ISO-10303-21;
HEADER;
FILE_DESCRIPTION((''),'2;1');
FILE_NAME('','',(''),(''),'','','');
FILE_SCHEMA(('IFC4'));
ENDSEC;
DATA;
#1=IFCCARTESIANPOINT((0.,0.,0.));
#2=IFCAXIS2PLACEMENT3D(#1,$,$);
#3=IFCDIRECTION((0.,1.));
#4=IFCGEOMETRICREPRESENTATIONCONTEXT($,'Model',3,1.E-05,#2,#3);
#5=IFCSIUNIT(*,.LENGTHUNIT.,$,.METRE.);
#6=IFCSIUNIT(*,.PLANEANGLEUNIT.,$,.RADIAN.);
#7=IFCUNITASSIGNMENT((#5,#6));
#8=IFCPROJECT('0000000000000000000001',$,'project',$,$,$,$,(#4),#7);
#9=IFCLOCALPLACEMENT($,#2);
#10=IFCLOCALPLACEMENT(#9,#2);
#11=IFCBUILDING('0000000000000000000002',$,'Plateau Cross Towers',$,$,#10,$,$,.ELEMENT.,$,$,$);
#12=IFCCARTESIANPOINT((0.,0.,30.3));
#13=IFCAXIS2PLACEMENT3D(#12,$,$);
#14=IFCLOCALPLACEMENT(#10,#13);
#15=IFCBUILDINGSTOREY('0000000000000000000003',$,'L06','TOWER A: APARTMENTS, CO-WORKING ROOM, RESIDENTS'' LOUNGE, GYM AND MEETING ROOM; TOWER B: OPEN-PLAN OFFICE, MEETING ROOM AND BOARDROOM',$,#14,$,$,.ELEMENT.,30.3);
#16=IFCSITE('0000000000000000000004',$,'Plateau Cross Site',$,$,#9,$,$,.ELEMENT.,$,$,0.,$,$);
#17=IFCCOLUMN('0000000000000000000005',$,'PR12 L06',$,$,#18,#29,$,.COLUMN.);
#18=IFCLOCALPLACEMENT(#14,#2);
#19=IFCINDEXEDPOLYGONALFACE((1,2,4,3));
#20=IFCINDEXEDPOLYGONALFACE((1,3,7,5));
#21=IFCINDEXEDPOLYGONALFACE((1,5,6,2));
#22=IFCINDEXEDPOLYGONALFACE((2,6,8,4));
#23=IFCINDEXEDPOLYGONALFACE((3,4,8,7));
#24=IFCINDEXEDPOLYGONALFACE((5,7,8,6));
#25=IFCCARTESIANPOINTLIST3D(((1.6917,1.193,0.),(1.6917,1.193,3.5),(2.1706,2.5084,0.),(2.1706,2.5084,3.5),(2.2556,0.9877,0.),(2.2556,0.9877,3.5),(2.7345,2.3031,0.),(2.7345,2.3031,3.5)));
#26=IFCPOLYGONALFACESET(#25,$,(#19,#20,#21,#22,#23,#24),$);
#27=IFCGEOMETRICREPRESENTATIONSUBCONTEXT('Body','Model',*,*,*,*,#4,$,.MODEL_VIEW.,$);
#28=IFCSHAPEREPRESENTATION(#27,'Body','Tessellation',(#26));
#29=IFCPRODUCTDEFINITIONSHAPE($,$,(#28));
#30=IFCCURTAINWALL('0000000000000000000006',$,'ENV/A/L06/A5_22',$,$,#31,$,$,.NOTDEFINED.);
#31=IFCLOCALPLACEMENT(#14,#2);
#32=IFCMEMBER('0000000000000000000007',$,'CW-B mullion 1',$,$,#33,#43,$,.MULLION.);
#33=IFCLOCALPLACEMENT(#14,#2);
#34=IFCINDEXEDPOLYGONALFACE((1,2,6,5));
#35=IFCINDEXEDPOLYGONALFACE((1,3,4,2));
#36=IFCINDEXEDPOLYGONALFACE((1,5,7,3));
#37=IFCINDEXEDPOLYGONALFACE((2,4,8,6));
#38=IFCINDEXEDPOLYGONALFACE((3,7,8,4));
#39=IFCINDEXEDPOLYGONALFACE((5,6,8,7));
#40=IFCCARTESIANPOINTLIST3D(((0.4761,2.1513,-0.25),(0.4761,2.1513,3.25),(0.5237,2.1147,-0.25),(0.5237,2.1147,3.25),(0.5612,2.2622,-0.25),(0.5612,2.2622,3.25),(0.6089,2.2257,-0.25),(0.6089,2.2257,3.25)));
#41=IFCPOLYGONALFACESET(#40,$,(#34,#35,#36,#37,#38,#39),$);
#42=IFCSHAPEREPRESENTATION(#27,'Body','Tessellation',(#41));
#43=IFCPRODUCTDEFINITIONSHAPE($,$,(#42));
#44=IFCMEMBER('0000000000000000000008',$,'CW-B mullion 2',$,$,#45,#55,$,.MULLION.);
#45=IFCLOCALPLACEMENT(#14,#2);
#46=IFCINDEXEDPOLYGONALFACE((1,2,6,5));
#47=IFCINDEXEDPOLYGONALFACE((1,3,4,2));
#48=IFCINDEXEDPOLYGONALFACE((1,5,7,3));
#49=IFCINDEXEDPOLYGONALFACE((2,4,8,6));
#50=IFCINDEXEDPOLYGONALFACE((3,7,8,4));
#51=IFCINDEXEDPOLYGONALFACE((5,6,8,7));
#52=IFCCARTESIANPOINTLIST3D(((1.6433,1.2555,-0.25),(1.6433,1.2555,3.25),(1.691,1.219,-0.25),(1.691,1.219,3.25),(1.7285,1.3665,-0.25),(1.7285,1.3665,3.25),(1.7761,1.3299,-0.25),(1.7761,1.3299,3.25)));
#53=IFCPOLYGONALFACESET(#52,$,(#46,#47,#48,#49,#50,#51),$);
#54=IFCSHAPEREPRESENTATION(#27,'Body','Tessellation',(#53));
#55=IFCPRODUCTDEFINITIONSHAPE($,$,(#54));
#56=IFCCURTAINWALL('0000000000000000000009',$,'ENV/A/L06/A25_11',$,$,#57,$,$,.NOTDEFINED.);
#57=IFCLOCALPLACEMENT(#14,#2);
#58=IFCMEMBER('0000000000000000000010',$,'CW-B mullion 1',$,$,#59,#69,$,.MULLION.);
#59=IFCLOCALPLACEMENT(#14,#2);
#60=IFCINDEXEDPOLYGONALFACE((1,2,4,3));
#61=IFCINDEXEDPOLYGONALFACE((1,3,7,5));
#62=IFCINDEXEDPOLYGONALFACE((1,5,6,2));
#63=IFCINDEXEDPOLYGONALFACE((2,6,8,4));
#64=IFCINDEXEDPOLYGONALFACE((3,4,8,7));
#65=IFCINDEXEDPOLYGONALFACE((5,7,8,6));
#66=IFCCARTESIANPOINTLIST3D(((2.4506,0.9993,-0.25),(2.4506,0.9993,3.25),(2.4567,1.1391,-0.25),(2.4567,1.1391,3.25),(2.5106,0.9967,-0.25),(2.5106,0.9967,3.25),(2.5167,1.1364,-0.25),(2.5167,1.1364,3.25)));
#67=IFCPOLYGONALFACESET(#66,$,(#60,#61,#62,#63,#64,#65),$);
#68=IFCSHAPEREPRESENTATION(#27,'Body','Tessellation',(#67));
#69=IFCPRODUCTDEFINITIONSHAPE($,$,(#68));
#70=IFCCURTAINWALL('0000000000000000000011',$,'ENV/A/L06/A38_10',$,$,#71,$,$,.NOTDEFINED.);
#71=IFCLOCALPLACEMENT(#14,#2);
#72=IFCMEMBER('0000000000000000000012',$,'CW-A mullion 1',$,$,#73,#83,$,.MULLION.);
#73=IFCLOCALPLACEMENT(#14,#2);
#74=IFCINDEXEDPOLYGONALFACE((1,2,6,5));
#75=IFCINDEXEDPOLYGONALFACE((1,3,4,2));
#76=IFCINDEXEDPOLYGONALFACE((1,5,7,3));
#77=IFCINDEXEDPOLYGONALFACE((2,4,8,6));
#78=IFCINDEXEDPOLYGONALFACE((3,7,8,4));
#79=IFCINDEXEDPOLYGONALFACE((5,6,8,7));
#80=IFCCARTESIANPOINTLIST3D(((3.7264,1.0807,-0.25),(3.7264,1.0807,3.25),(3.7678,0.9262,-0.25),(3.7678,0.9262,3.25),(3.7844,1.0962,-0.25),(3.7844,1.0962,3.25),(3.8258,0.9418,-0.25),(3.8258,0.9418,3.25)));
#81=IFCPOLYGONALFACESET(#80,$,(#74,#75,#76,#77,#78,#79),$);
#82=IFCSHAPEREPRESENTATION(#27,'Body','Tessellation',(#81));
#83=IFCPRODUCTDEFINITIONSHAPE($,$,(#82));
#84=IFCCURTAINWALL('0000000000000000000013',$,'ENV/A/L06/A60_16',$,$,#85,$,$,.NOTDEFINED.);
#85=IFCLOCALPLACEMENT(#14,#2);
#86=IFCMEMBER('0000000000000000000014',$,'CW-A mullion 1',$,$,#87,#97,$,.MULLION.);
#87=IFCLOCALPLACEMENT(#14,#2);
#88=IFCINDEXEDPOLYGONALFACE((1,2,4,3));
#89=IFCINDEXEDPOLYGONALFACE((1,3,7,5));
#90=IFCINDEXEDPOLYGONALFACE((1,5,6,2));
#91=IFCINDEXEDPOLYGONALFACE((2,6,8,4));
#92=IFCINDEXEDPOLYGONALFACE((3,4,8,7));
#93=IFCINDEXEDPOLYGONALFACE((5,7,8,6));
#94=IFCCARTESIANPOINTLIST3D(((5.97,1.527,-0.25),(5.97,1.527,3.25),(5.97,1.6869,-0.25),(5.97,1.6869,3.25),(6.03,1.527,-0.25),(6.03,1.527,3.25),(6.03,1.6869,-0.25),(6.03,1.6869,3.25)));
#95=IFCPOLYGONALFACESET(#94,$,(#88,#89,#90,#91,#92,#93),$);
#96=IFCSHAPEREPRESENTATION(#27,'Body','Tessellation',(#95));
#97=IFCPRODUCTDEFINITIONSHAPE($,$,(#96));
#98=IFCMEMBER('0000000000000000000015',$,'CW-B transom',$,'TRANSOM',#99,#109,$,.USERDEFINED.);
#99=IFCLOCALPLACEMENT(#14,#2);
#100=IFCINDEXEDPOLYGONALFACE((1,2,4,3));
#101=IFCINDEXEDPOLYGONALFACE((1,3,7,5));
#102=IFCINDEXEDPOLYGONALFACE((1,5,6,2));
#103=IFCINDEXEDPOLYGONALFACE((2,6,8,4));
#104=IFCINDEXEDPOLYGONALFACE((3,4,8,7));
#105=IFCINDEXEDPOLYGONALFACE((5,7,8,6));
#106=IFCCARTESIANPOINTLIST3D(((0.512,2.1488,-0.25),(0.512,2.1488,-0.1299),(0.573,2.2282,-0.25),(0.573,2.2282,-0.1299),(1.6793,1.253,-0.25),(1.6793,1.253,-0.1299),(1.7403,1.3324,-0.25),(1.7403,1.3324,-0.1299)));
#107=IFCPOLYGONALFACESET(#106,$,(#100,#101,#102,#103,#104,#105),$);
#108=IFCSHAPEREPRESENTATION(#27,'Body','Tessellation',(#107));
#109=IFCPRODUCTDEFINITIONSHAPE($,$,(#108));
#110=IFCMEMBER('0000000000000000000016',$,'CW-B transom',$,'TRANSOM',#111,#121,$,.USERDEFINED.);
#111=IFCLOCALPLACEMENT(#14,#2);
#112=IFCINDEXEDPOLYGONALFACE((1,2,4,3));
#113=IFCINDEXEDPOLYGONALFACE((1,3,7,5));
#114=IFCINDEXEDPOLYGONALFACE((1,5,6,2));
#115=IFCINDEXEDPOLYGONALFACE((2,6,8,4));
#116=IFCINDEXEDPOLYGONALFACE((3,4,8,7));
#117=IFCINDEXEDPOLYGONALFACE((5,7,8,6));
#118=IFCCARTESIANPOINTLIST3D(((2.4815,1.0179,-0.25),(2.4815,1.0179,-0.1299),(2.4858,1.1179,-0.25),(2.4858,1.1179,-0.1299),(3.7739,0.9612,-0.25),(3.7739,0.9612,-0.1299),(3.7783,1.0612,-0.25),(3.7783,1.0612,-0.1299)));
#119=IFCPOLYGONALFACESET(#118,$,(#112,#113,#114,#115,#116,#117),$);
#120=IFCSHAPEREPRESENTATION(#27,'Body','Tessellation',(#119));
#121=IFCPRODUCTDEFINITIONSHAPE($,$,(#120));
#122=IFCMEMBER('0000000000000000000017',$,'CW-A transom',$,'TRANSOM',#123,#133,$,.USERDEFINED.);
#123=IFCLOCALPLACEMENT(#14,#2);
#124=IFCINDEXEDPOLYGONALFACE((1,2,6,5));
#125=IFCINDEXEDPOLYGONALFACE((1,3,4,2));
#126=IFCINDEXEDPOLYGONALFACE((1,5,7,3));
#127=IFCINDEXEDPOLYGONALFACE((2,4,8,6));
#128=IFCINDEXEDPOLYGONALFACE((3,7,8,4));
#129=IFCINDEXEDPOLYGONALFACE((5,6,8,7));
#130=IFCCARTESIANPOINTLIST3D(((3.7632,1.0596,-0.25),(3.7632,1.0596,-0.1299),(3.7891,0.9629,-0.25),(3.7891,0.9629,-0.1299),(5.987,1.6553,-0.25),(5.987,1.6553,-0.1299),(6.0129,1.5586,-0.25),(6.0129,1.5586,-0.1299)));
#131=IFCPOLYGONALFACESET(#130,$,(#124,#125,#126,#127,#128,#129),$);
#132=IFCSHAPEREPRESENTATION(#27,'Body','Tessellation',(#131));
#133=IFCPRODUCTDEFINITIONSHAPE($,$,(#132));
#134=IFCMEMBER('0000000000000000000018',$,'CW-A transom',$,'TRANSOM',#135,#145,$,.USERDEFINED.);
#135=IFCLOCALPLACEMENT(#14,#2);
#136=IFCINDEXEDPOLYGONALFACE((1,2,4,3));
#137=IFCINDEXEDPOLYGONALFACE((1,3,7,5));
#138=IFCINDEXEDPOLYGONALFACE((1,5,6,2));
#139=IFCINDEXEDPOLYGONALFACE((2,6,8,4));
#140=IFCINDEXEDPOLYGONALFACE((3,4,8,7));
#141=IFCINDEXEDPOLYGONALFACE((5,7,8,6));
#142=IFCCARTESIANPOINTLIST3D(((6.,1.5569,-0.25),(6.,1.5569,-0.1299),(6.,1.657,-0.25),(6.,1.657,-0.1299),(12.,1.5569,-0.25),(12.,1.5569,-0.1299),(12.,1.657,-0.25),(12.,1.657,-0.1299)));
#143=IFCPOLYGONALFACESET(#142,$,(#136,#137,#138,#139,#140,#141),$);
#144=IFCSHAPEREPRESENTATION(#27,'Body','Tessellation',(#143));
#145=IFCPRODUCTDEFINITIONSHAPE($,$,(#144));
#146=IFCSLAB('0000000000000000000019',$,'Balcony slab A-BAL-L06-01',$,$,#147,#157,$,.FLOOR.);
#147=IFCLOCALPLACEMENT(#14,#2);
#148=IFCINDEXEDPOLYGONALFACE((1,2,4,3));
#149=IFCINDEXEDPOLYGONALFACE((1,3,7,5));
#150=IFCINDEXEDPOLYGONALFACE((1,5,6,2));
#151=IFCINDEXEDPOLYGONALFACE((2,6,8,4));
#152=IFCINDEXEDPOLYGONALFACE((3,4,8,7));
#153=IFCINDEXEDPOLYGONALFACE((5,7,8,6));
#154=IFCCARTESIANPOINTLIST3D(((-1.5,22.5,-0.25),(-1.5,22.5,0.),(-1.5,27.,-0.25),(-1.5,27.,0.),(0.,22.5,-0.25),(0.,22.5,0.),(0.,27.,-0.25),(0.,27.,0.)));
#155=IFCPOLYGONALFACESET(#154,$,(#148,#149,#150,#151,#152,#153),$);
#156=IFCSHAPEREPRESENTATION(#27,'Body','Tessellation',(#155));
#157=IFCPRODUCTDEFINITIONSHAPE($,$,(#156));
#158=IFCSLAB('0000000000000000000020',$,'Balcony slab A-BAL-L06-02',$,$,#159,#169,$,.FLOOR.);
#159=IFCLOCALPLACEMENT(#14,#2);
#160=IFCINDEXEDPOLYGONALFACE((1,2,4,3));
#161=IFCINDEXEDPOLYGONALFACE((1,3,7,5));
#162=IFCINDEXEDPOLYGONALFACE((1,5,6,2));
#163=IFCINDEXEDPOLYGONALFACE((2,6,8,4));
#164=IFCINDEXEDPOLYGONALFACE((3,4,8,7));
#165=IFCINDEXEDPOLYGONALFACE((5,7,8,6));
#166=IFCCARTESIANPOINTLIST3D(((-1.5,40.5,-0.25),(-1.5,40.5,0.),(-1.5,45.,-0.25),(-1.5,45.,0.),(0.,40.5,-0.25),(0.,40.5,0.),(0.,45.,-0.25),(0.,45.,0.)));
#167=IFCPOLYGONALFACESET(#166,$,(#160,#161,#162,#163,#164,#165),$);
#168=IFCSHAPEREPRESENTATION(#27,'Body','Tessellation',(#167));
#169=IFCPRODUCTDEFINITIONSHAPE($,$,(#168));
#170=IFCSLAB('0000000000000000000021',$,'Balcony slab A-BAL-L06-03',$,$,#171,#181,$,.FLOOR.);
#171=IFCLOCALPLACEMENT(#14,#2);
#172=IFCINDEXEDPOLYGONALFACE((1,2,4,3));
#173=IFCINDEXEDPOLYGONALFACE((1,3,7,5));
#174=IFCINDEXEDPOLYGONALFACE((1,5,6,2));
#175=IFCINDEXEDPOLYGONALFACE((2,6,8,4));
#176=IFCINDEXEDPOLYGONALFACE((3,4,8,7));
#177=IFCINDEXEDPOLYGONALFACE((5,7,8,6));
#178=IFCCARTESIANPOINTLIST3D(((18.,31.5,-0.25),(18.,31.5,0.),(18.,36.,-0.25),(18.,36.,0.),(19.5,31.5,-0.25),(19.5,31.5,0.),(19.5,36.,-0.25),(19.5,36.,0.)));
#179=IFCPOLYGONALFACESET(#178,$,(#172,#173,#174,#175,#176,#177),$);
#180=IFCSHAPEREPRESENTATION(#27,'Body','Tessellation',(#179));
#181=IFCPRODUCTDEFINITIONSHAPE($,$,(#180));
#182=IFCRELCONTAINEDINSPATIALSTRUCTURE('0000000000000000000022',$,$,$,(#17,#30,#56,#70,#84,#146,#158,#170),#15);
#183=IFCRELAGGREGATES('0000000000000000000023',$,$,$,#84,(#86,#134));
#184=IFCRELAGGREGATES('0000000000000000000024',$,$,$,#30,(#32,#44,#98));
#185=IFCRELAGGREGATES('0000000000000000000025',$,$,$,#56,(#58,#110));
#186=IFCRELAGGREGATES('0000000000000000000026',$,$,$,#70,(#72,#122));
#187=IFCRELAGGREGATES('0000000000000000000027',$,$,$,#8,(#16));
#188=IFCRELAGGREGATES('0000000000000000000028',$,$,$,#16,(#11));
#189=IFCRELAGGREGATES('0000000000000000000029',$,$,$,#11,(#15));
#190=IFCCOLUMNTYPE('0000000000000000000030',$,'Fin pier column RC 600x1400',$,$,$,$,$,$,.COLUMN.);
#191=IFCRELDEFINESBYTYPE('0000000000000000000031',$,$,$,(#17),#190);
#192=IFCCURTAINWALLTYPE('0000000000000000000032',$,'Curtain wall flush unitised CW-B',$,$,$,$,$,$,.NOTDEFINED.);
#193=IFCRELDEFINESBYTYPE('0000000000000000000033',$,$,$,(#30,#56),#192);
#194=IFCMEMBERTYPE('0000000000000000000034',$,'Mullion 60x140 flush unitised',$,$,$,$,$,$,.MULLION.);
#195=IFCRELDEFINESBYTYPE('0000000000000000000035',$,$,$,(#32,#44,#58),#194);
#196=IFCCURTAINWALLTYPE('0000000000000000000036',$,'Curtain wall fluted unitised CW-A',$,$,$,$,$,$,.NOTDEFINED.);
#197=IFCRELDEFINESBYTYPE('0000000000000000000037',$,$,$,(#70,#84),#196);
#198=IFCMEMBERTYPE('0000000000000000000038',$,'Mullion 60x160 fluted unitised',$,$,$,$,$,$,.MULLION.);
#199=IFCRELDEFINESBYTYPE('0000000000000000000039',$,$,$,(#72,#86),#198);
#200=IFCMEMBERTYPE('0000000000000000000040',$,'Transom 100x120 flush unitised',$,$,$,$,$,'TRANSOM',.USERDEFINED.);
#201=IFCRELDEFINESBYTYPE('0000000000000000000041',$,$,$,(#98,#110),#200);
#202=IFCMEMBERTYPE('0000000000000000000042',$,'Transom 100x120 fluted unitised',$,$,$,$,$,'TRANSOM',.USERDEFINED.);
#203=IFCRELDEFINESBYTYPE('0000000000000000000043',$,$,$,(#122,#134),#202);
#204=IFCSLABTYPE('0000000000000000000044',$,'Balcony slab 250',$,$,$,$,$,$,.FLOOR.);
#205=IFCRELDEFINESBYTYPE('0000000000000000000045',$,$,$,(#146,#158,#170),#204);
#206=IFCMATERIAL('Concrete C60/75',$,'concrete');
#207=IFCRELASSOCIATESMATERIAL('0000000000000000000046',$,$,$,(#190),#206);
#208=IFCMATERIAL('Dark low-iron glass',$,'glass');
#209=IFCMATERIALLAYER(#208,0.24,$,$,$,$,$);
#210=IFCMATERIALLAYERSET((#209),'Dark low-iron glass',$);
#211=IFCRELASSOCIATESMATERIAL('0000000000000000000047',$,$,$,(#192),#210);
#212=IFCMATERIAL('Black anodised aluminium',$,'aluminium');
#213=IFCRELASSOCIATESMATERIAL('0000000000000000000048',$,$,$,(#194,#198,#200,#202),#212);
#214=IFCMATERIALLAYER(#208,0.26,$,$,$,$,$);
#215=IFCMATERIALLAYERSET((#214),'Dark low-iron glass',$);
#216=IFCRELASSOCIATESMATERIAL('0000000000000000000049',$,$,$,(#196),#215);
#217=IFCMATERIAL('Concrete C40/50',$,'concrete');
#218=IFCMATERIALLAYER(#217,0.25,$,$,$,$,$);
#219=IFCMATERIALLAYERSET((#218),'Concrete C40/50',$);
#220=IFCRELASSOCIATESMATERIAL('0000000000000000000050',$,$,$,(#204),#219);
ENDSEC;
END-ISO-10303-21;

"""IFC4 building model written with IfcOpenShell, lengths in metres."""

from ifc_helpers import new_model, si_unit, direction, frame, origin, origin_2d, place, context, subcontext, project, spatial, polyline, rectangle, outline, extrude, material, layer, layer_set, material_profile, profile_set, type_object, element, aggregate, save


model = new_model("IFC4")

# Units and contexts
model_context = context("Model", 3, precision=1e-05, world=origin(), true_north=direction((0.0, 1.0)))
body_context = subcontext(model_context, "Body", "Model", "MODEL_VIEW")
ifc_project = project(units=[si_unit("LENGTHUNIT", "METRE"), si_unit("PLANEANGLEUNIT", "RADIAN")], contexts=[model_context])

# Site, building, storey
site_placement = place(None, origin())
site = spatial("IfcSite", under=ifc_project, at=site_placement, Name="Plateau Cross Site", CompositionType="ELEMENT", RefElevation=0.0)
building_placement = place(site_placement, origin())
building = spatial("IfcBuilding", under=site, at=building_placement, Name="Plateau Cross Towers", CompositionType="ELEMENT")
storey_placement = place(building_placement, frame((0.0, 0.0, 30.3)))
storey = spatial("IfcBuildingStorey", under=building, at=storey_placement, Name="L06", Description="TOWER A: APARTMENTS, CO-WORKING ROOM, RESIDENTS' LOUNGE, GYM AND MEETING ROOM; TOWER B: OPEN-PLAN OFFICE, MEETING ROOM AND BOARDROOM", CompositionType="ELEMENT", Elevation=30.3)

# Column
ifc_material_1 = material(Name="Concrete C60/75", Category="concrete")
ifc_material_profile_1 = material_profile(ifc_material_1, rectangle(XDim=0.6001, YDim=1.3999, at=origin_2d()), Name="RC 600x1400")
ifc_profile_set_1 = profile_set([ifc_material_profile_1], Name="Concrete C60/75")
column_type = type_object("IfcColumnType", Name="Fin pier column RC 600x1400", PredefinedType="COLUMN", material=ifc_profile_set_1)
column_placement = place(storey_placement, frame((2.2131, 1.748, 0.0), z_axis=(0.0, 0.0, 1.0), x_axis=(-0.939664, 0.342098, 0.0)))
element("IfcColumn", 1, at=column_placement, inside=storey, type_object=column_type, Name="PR12 L06", PredefinedType="COLUMN", context=body_context, shape_type="SweptSolid", body=[
    extrude(rectangle(XDim=0.6001, YDim=1.3999, at=origin_2d()), origin(), (0.0, 0.0, 1.0), 3.5),
])

# Curtain wall, members
ifc_material_2 = material(Name="Dark low-iron glass", Category="glass")
ifc_layer_1 = layer(ifc_material_2, 0.24)
ifc_layer_set_1 = layer_set([ifc_layer_1], Name="Dark low-iron glass")
curtain_wall_type_1 = type_object("IfcCurtainWallType", Name="Curtain wall flush unitised CW-B", PredefinedType="NOTDEFINED", material=ifc_layer_set_1)
curtain_wall_1_placement = place(storey_placement, origin())
curtain_wall_1 = element("IfcCurtainWall", 2, at=curtain_wall_1_placement, inside=storey, type_object=curtain_wall_type_1, Name="ENV/A/L06/A5_22", PredefinedType="NOTDEFINED")
ifc_material_3 = material(Name="Black anodised aluminium", Category="aluminium")
ifc_material_profile_2 = material_profile(ifc_material_3, rectangle(XDim=0.0601, YDim=0.1399, at=origin_2d()), Name="MULLION 60x140")
ifc_profile_set_2 = profile_set([ifc_material_profile_2], Name="Black anodised aluminium")
member_type_1 = type_object("IfcMemberType", Name="Mullion 60x140 flush unitised", PredefinedType="MULLION", material=ifc_profile_set_2)
member_1_placement = place(storey_placement, frame((0.5425, 2.1885, -0.25), z_axis=(0.0, 0.0, 1.0), x_axis=(0.793316, -0.608811, 0.0)))
member_1 = element("IfcMember", 3, at=member_1_placement, type_object=member_type_1, Name="CW-B mullion 1", PredefinedType="MULLION", context=body_context, shape_type="SweptSolid", body=[
    extrude(rectangle(XDim=0.0601, YDim=0.1399, at=origin_2d()), origin(), (0.0, 0.0, 1.0), 3.5),
])
member_2_placement = place(storey_placement, frame((1.7097, 1.2927, -0.25), z_axis=(0.0, 0.0, 1.0), x_axis=(0.793316, -0.608811, 0.0)))
member_2 = element("IfcMember", 4, at=member_2_placement, type_object=member_type_1, Name="CW-B mullion 2", PredefinedType="MULLION", context=body_context, shape_type="SweptSolid", body=[
    extrude(rectangle(XDim=0.0601, YDim=0.1399, at=origin_2d()), origin(), (0.0, 0.0, 1.0), 3.5),
])

# Curtain walls, members
curtain_wall_2_placement = place(storey_placement, origin())
curtain_wall_2 = element("IfcCurtainWall", 5, at=curtain_wall_2_placement, inside=storey, type_object=curtain_wall_type_1, Name="ENV/A/L06/A25_11", PredefinedType="NOTDEFINED")
member_3_placement = place(storey_placement, frame((2.4836, 1.0679, -0.25), z_axis=(0.0, 0.0, 1.0), x_axis=(0.999044, -0.043723, 0.0)))
member_3 = element("IfcMember", 6, at=member_3_placement, type_object=member_type_1, Name="CW-B mullion 1", PredefinedType="MULLION", context=body_context, shape_type="SweptSolid", body=[
    extrude(rectangle(XDim=0.0601, YDim=0.1399, at=origin_2d()), origin(), (0.0, 0.0, 1.0), 3.5),
])
ifc_layer_2 = layer(ifc_material_2, 0.26)
ifc_layer_set_2 = layer_set([ifc_layer_2], Name="Dark low-iron glass")
curtain_wall_type_2 = type_object("IfcCurtainWallType", Name="Curtain wall fluted unitised CW-A", PredefinedType="NOTDEFINED", material=ifc_layer_set_2)
curtain_wall_3_placement = place(storey_placement, origin())
curtain_wall_3 = element("IfcCurtainWall", 7, at=curtain_wall_3_placement, inside=storey, type_object=curtain_wall_type_2, Name="ENV/A/L06/A38_10", PredefinedType="NOTDEFINED")
ifc_material_profile_3 = material_profile(ifc_material_3, rectangle(XDim=0.0601, YDim=0.1599, at=origin_2d()), Name="MULLION 60x160")
ifc_profile_set_3 = profile_set([ifc_material_profile_3], Name="Black anodised aluminium")
member_type_2 = type_object("IfcMemberType", Name="Mullion 60x160 fluted unitised", PredefinedType="MULLION", material=ifc_profile_set_3)
member_4_placement = place(storey_placement, frame((3.7761, 1.0112, -0.25), z_axis=(0.0, 0.0, 1.0), x_axis=(0.965958, 0.258699, 0.0)))
member_4 = element("IfcMember", 8, at=member_4_placement, type_object=member_type_2, Name="CW-A mullion 1", PredefinedType="MULLION", context=body_context, shape_type="SweptSolid", body=[
    extrude(rectangle(XDim=0.0601, YDim=0.1599, at=origin_2d()), origin(), (0.0, 0.0, 1.0), 3.5),
])
curtain_wall_4_placement = place(storey_placement, origin())
curtain_wall_4 = element("IfcCurtainWall", 9, at=curtain_wall_4_placement, inside=storey, type_object=curtain_wall_type_2, Name="ENV/A/L06/A60_16", PredefinedType="NOTDEFINED")
member_5_placement = place(storey_placement, frame((6.0, 1.6069, -0.25), z_axis=(0.0, 0.0, 1.0), x_axis=(1.0, 0.0, 0.0)))
member_5 = element("IfcMember", 10, at=member_5_placement, type_object=member_type_2, Name="CW-A mullion 1", PredefinedType="MULLION", context=body_context, shape_type="SweptSolid", body=[
    extrude(rectangle(XDim=0.0601, YDim=0.1599, at=origin_2d()), origin(), (0.0, 0.0, 1.0), 3.5),
])

# Members
ifc_material_profile_4 = material_profile(ifc_material_3, rectangle(XDim=0.1001, YDim=0.1201, at=origin_2d()), Name="TRANSOM 100x120")
ifc_profile_set_4 = profile_set([ifc_material_profile_4], Name="Black anodised aluminium")
member_type_3 = type_object("IfcMemberType", Name="Transom 100x120 flush unitised", ElementType="TRANSOM", PredefinedType="USERDEFINED", material=ifc_profile_set_4)
member_6_placement = place(storey_placement, frame((0.5425, 2.1885, -0.1899), z_axis=(0.793321, -0.608804, 0.0), x_axis=(0.608804, 0.793321, 0.0)))
member_6 = element("IfcMember", 11, at=member_6_placement, type_object=member_type_3, Name="CW-B transom", ObjectType="TRANSOM", PredefinedType="USERDEFINED", context=body_context, shape_type="SweptSolid", body=[
    extrude(rectangle(XDim=0.1001, YDim=0.1201, at=origin_2d()), origin(), (0.0, 0.0, 1.0), 1.4714),
])
member_7_placement = place(storey_placement, frame((2.4836, 1.0679, -0.1899), z_axis=(0.999041, -0.043781, 0.0), x_axis=(0.043781, 0.999041, 0.0)))
member_7 = element("IfcMember", 12, at=member_7_placement, type_object=member_type_3, Name="CW-B transom", ObjectType="TRANSOM", PredefinedType="USERDEFINED", context=body_context, shape_type="SweptSolid", body=[
    extrude(rectangle(XDim=0.1001, YDim=0.1201, at=origin_2d()), origin(), (0.0, 0.0, 1.0), 1.2937),
])
ifc_material_profile_5 = material_profile(ifc_material_3, rectangle(XDim=0.1001, YDim=0.1201, at=origin_2d()), Name="TRANSOM 100x120")
ifc_profile_set_5 = profile_set([ifc_material_profile_5], Name="Black anodised aluminium")
member_type_4 = type_object("IfcMemberType", Name="Transom 100x120 fluted unitised", ElementType="TRANSOM", PredefinedType="USERDEFINED", material=ifc_profile_set_5)
member_8_placement = place(storey_placement, frame((3.7761, 1.0112, -0.1899), z_axis=(0.965946, 0.258745, 0.0), x_axis=(-0.258745, 0.965946, 0.0)))
member_8 = element("IfcMember", 13, at=member_8_placement, type_object=member_type_4, Name="CW-A transom", ObjectType="TRANSOM", PredefinedType="USERDEFINED", context=body_context, shape_type="SweptSolid", body=[
    extrude(rectangle(XDim=0.1001, YDim=0.1201, at=origin_2d()), origin(), (0.0, 0.0, 1.0), 2.3022),
])
member_9_placement = place(storey_placement, frame((6.0, 1.6069, -0.1899), z_axis=(1.0, 0.0, 0.0), x_axis=(0.0, 1.0, 0.0)))
member_9 = element("IfcMember", 14, at=member_9_placement, type_object=member_type_4, Name="CW-A transom", ObjectType="TRANSOM", PredefinedType="USERDEFINED", context=body_context, shape_type="SweptSolid", body=[
    extrude(rectangle(XDim=0.1001, YDim=0.1201, at=origin_2d()), origin(), (0.0, 0.0, 1.0), 6.0),
])
aggregate(curtain_wall_4, [member_5, member_9])

# Slabs
ifc_material_4 = material(Name="Concrete C40/50", Category="concrete")
ifc_layer_3 = layer(ifc_material_4, 0.25)
ifc_layer_set_3 = layer_set([ifc_layer_3], Name="Concrete C40/50")
slab_type_1 = type_object("IfcSlabType", Name="Balcony slab 250", PredefinedType="FLOOR", material=ifc_layer_set_3)
slab_1_placement = place(storey_placement, frame((0.0, 0.0, -0.25)))
element("IfcSlab", 15, at=slab_1_placement, inside=storey, type_object=slab_type_1, Name="Balcony slab A-BAL-L06-01", PredefinedType="FLOOR", context=body_context, shape_type="SweptSolid", body=[
    extrude(outline(polyline([(0.0, 22.5), (0.0, 27.0), (-1.5, 27.0), (-1.5, 22.5), (0.0, 22.5)])), origin(), (0.0, 0.0, 1.0), 0.25),
])
slab_2_placement = place(storey_placement, frame((0.0, 0.0, -0.25)))
element("IfcSlab", 16, at=slab_2_placement, inside=storey, type_object=slab_type_1, Name="Balcony slab A-BAL-L06-02", PredefinedType="FLOOR", context=body_context, shape_type="SweptSolid", body=[
    extrude(outline(polyline([(0.0, 40.5), (0.0, 45.0), (-1.5, 45.0), (-1.5, 40.5), (0.0, 40.5)])), origin(), (0.0, 0.0, 1.0), 0.25),
])
slab_3_placement = place(storey_placement, frame((0.0, 0.0, -0.25)))
element("IfcSlab", 17, at=slab_3_placement, inside=storey, type_object=slab_type_1, Name="Balcony slab A-BAL-L06-03", PredefinedType="FLOOR", context=body_context, shape_type="SweptSolid", body=[
    extrude(outline(polyline([(19.5, 31.5), (19.5, 36.0), (18.0, 36.0), (18.0, 31.5), (19.5, 31.5)])), origin(), (0.0, 0.0, 1.0), 0.25),
])

aggregate(curtain_wall_1, [member_1, member_2, member_6])
aggregate(curtain_wall_2, [member_3, member_7])
aggregate(curtain_wall_3, [member_4, member_8])

save(model, "model.ifc")
